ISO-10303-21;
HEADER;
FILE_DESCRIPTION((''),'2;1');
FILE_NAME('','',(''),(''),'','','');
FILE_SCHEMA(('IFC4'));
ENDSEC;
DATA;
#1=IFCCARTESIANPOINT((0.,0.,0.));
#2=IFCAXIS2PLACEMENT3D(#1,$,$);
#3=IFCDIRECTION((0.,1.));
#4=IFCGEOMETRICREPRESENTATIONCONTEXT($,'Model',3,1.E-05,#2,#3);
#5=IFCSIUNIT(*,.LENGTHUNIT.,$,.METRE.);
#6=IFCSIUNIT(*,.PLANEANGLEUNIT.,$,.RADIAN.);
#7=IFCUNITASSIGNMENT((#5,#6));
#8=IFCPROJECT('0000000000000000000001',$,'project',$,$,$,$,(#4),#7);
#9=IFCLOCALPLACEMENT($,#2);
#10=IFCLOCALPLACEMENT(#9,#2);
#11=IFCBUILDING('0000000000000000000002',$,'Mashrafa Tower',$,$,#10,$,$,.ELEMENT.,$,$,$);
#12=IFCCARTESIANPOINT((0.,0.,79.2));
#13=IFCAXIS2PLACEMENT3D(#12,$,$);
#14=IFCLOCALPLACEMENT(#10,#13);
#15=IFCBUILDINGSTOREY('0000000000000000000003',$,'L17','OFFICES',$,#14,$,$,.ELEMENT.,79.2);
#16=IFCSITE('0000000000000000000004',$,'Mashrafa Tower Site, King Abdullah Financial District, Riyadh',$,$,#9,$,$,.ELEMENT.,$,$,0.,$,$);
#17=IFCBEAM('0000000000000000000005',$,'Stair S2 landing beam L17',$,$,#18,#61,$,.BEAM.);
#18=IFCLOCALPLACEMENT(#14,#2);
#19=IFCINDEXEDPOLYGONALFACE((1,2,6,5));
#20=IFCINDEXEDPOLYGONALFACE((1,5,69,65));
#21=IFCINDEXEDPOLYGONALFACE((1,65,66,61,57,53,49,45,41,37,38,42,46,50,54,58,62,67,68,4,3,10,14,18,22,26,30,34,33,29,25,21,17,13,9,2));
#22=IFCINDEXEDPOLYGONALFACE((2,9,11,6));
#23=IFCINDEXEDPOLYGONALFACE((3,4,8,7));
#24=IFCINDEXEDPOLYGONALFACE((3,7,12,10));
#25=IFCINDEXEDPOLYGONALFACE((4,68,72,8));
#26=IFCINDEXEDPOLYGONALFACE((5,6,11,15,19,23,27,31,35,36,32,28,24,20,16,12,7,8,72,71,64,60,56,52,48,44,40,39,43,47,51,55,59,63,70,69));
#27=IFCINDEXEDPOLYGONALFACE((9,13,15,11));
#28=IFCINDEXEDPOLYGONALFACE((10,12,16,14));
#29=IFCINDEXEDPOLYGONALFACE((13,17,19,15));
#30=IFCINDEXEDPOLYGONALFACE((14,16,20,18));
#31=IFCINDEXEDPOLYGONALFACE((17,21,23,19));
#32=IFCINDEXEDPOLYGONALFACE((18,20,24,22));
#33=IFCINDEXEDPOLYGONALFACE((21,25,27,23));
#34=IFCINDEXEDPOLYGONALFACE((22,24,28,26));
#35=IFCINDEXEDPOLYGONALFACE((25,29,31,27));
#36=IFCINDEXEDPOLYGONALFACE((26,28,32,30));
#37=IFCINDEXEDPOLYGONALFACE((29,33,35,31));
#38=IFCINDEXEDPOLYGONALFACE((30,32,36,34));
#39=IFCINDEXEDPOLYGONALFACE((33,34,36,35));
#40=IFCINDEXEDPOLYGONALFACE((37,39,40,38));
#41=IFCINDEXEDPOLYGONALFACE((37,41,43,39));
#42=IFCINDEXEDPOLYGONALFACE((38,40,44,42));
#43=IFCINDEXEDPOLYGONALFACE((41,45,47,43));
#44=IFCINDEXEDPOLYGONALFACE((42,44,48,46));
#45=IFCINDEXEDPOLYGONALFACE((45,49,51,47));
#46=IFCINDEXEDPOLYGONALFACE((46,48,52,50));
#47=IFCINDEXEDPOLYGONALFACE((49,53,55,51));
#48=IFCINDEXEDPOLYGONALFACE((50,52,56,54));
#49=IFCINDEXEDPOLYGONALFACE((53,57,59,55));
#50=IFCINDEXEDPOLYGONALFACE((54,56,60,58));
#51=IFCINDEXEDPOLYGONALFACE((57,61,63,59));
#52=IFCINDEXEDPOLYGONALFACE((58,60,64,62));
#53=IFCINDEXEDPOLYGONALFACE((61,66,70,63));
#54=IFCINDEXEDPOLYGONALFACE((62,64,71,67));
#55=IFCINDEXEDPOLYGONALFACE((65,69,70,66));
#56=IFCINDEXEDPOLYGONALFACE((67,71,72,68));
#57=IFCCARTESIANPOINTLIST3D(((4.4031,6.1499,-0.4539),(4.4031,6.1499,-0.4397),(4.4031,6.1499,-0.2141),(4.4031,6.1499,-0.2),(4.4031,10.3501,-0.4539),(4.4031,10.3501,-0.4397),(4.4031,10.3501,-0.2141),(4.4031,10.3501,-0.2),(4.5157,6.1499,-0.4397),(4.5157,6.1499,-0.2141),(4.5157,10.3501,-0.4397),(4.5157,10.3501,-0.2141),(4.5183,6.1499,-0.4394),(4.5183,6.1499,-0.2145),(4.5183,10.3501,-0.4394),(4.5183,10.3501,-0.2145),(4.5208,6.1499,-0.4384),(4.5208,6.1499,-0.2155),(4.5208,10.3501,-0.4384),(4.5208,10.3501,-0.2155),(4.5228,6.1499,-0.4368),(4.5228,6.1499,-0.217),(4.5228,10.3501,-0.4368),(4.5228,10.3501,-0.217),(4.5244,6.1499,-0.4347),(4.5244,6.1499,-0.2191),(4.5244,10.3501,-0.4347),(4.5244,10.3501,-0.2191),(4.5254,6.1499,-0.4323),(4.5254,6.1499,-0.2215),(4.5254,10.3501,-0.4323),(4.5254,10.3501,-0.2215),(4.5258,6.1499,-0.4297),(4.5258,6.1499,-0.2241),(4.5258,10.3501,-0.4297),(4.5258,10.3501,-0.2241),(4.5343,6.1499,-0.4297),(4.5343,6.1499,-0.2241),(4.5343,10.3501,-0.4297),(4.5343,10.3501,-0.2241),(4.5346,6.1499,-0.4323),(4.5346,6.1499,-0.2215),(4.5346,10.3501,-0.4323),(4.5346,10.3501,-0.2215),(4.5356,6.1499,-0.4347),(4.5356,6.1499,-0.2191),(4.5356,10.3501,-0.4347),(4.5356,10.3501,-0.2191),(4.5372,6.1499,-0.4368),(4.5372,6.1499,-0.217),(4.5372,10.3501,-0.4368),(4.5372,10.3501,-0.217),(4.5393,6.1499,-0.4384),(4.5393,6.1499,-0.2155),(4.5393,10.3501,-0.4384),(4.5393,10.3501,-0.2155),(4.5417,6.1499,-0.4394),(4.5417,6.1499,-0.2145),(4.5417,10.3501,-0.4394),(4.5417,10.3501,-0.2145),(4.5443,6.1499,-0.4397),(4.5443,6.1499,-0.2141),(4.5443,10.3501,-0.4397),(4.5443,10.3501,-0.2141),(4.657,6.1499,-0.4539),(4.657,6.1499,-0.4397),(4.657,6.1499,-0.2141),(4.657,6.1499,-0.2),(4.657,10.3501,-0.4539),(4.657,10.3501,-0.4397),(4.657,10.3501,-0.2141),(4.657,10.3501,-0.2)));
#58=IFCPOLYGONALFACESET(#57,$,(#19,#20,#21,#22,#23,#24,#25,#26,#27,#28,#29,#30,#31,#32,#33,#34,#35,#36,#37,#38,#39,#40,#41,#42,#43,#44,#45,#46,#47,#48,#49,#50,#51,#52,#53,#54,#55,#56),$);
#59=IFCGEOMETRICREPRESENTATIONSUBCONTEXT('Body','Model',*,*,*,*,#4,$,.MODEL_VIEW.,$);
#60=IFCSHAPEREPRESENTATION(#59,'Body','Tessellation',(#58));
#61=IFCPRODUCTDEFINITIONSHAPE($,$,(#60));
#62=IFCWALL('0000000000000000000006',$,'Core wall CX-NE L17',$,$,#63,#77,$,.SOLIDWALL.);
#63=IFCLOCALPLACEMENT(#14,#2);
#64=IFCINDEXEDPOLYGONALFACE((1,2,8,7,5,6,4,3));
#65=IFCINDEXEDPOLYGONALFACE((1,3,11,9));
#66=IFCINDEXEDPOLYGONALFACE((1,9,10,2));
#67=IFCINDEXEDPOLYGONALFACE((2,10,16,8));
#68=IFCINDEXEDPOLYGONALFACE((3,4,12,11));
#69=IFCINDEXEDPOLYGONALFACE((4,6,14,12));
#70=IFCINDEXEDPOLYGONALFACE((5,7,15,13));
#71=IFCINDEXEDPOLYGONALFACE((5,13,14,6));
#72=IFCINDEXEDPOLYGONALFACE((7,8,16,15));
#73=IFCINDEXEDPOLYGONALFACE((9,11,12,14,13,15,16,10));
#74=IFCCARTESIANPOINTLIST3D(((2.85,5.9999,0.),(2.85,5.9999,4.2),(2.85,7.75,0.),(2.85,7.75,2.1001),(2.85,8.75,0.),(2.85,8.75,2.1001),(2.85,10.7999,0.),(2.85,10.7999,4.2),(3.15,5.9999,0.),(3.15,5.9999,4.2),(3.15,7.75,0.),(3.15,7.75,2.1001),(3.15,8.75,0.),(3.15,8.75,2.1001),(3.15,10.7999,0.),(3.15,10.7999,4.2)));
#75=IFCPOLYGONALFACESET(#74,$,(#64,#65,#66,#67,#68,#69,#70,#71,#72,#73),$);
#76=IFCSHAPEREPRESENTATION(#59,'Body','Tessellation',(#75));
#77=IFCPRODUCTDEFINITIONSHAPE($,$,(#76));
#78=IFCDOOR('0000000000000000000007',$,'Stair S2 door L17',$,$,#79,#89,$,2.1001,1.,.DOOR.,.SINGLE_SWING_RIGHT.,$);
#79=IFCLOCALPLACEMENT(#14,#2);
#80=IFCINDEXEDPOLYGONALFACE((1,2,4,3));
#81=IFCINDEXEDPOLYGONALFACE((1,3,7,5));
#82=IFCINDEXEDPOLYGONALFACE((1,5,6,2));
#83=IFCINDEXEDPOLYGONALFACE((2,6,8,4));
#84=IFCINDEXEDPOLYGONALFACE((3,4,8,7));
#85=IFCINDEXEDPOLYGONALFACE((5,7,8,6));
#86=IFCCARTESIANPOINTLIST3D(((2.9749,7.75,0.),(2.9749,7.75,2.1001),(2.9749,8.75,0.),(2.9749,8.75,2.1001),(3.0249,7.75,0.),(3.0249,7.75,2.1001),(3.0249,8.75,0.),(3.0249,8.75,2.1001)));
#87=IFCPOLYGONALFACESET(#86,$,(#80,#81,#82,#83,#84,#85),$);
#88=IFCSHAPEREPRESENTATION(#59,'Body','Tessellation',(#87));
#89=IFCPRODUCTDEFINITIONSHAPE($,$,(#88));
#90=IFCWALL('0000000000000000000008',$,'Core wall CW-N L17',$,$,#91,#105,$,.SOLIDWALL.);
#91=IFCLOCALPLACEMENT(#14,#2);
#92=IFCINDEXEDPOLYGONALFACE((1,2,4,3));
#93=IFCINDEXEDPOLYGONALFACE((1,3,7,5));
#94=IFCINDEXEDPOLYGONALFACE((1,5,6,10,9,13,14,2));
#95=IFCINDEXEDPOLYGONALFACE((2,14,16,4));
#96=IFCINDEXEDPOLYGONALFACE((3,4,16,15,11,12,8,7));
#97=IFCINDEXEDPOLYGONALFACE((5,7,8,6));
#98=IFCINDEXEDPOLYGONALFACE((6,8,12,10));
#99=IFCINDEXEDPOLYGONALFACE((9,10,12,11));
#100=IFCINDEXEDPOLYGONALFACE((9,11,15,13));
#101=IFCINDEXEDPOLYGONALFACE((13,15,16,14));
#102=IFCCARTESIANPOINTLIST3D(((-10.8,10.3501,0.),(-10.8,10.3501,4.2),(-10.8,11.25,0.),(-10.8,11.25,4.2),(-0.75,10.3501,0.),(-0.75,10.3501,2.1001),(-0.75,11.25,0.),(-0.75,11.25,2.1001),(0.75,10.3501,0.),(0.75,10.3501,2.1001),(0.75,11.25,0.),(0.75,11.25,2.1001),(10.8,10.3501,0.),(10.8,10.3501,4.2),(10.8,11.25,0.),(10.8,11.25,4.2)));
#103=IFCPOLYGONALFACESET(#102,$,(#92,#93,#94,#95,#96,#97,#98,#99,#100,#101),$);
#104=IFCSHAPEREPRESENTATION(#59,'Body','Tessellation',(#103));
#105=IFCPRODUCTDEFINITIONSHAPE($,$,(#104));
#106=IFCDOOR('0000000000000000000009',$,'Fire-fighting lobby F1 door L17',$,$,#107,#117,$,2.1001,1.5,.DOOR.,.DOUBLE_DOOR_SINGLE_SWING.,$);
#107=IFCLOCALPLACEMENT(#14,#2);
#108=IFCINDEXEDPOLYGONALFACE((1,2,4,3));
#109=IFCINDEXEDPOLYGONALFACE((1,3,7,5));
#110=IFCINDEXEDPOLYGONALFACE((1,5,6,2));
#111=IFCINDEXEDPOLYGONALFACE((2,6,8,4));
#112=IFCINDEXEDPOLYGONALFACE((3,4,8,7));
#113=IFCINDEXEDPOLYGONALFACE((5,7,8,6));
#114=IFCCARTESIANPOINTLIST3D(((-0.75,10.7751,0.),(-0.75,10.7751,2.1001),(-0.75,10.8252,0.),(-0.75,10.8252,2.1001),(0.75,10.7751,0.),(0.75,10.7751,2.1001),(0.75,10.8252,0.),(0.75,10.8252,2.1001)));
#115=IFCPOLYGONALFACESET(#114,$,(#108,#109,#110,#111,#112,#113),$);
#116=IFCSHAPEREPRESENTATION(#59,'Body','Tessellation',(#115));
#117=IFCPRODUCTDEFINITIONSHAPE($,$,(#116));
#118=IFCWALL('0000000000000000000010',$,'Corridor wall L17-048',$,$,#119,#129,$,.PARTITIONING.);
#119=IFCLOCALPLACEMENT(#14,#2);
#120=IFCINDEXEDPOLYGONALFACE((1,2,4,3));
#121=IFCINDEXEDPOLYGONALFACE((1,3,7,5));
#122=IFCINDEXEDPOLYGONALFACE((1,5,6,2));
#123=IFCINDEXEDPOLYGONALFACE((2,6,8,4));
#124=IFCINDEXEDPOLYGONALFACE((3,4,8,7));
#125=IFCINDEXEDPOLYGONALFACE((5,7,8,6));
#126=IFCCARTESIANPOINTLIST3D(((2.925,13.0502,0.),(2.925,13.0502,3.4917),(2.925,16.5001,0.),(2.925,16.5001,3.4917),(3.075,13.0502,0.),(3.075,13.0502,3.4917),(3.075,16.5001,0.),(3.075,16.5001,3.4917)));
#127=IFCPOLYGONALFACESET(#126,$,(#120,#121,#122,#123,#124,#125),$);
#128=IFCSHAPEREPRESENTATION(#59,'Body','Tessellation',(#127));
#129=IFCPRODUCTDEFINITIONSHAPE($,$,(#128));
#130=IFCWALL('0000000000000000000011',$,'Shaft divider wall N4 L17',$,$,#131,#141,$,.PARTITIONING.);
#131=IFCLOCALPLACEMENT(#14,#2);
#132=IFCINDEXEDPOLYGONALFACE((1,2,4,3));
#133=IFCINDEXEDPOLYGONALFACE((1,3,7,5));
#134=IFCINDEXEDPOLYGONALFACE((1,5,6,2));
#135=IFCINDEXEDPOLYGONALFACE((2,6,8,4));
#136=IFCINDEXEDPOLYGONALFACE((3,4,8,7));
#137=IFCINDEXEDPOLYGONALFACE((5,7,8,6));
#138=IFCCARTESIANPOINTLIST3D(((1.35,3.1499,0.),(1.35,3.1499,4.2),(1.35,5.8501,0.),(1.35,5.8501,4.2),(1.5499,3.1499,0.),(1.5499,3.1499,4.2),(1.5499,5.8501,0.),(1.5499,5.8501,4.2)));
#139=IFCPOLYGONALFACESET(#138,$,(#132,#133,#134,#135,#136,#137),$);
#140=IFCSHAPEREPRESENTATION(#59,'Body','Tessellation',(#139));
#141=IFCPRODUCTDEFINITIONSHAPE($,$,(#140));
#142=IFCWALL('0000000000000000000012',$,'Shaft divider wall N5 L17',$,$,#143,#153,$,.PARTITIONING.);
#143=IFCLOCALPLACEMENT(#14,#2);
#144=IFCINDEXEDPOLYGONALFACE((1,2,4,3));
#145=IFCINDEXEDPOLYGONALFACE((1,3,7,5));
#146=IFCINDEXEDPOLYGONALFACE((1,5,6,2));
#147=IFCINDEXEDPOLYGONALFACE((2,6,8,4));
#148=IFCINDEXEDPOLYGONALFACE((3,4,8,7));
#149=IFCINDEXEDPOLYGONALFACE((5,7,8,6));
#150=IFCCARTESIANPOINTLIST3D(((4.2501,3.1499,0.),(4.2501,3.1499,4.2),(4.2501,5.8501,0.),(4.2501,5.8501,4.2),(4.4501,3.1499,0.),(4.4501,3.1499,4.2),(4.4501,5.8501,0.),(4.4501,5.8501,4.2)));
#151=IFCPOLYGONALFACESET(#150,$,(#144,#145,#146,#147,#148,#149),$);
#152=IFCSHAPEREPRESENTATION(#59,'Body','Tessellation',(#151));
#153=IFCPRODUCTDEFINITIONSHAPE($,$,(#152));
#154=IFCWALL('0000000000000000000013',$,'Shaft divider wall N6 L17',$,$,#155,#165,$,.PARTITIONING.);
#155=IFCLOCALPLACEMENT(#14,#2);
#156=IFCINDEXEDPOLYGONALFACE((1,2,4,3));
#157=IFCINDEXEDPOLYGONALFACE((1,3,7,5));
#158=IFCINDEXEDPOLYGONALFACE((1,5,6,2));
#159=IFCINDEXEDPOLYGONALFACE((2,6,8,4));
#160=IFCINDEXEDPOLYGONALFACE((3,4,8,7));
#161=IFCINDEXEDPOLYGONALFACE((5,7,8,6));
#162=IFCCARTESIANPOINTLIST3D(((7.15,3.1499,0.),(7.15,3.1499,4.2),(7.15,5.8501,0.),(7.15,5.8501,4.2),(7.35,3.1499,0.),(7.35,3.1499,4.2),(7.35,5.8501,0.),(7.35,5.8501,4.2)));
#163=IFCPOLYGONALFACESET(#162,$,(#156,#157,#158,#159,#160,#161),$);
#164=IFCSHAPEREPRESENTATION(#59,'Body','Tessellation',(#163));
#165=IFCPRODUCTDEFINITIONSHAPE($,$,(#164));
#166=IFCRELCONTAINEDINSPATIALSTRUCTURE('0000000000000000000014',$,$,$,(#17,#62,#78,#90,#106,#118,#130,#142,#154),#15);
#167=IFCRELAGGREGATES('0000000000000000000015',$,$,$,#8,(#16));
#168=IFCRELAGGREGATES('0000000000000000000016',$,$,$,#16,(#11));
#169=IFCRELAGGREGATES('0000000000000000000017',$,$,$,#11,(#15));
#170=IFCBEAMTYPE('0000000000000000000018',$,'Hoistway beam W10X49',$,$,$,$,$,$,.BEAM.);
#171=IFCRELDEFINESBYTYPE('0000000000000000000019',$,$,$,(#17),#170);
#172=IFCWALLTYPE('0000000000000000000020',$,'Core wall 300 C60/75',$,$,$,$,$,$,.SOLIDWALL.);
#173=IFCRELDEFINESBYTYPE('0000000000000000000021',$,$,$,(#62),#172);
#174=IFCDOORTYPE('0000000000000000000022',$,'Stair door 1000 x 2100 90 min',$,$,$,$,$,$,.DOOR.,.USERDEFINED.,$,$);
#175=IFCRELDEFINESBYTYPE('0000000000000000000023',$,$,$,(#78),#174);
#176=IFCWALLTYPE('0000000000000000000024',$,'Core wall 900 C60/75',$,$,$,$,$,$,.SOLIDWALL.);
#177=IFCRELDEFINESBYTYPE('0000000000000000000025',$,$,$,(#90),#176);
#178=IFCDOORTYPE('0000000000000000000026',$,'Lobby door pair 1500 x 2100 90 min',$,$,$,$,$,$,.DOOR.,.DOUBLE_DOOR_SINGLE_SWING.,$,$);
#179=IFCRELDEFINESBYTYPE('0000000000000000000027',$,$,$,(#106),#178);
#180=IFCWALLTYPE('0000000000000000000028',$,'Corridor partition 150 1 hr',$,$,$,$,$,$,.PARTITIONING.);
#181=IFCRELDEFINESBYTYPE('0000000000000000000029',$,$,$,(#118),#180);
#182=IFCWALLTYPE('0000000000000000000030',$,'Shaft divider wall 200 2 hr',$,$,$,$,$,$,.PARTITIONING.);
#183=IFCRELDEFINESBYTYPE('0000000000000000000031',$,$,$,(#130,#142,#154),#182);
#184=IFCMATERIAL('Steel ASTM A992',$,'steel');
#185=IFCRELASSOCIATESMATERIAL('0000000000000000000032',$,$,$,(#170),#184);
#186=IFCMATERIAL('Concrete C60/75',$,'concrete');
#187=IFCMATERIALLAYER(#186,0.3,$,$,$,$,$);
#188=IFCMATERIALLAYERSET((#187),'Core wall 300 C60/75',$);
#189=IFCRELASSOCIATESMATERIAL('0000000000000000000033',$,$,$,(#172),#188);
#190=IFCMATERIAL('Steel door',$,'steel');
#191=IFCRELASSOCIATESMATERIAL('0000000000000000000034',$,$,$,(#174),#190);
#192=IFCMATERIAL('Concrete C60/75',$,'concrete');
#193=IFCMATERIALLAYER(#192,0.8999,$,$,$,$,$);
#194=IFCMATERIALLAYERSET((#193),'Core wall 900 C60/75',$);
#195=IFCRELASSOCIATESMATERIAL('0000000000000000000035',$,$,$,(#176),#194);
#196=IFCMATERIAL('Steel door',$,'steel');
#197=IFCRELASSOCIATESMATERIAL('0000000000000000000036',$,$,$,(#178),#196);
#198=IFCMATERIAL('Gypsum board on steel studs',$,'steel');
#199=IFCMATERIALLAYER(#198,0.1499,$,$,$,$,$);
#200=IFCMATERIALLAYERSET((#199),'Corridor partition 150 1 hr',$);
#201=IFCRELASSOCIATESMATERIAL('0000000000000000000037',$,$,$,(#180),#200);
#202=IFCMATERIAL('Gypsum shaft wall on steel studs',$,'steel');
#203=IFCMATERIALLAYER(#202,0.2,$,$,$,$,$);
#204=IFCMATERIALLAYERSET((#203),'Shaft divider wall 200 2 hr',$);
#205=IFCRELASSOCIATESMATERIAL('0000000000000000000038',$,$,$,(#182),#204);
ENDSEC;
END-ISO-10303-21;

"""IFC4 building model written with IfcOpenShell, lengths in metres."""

from ifc_helpers import new_model, si_unit, direction, frame, frame_2d, origin, origin_2d, place, context, subcontext, project, spatial, rectangle, i_section, extrude, material, layer, layer_set, material_profile, profile_set, type_object, element, fill, save


model = new_model("IFC4")

# Units and contexts
model_context = context("Model", 3, precision=1e-05, world=origin(), true_north=direction((0.0, 1.0)))
body_context = subcontext(model_context, "Body", "Model", "MODEL_VIEW")
ifc_project = project(units=[si_unit("LENGTHUNIT", "METRE"), si_unit("PLANEANGLEUNIT", "RADIAN")], contexts=[model_context])

# Site, building, storey
site_placement = place(None, origin())
site = spatial("IfcSite", under=ifc_project, at=site_placement, Name="Mashrafa Tower Site, King Abdullah Financial District, Riyadh", CompositionType="ELEMENT", RefElevation=0.0)
building_placement = place(site_placement, origin())
building = spatial("IfcBuilding", under=site, at=building_placement, Name="Mashrafa Tower", CompositionType="ELEMENT")
storey_placement = place(building_placement, frame((0.0, 0.0, 79.2)))
storey = spatial("IfcBuildingStorey", under=building, at=storey_placement, Name="L17", Description="OFFICES", CompositionType="ELEMENT", Elevation=79.2)

# Beam
ifc_material_1 = material(Name="Steel ASTM A992", Category="steel")
ifc_material_profile_1 = material_profile(ifc_material_1, i_section(OverallWidth=0.2539, OverallDepth=0.2539, WebThickness=0.0085, FlangeThickness=0.0142, FilletRadius=0.01, at=origin_2d()), Name="W10X49")
ifc_profile_set_1 = profile_set([ifc_material_profile_1], Name="Steel ASTM A992")
beam_type_1 = type_object("IfcBeamType", Name="Hoistway beam W10X49", PredefinedType="BEAM", material=ifc_profile_set_1)
beam_1_placement = place(storey_placement, frame((4.53, 6.1499, -0.3269), z_axis=(0.0, 1.0, 0.0), x_axis=(-1.0, 0.0, 0.0)))
element("IfcBeam", 1, at=beam_1_placement, inside=storey, type_object=beam_type_1, Name="Stair S2 landing beam L17", PredefinedType="BEAM", context=body_context, shape_type="SweptSolid", body=[
    extrude(i_section(OverallWidth=0.2539, OverallDepth=0.2539, WebThickness=0.0085, FlangeThickness=0.0142, FilletRadius=0.01, at=origin_2d()), origin(), (0.0, 0.0, 1.0), 4.2002),
])

# Walls, openings, doors
ifc_material_2 = material(Name="Concrete C60/75", Category="concrete")
ifc_layer_1 = layer(ifc_material_2, 0.3)
ifc_layer_set_1 = layer_set([ifc_layer_1], Name="Core wall 300 C60/75")
wall_type_1 = type_object("IfcWallType", Name="Core wall 300 C60/75", PredefinedType="SOLIDWALL", material=ifc_layer_set_1)
wall_1_placement = place(storey_placement, frame((3.0, 6.0, 0.0), z_axis=(0.0, 0.0, 1.0), x_axis=(0.0, 1.0, 0.0)))
wall_1 = element("IfcWall", 2, at=wall_1_placement, inside=storey, type_object=wall_type_1, Name="Core wall CX-NE L17", PredefinedType="SOLIDWALL", context=body_context, shape_type="SweptSolid", body=[
    extrude(rectangle(XDim=4.8, YDim=0.3, at=frame_2d((2.3999, 0.0))), origin(), (0.0, 0.0, 1.0), 4.2),
])
opening_1_placement = place(wall_1_placement, frame((1.75, 0.0, 0.0)))
opening_1 = element("IfcOpeningElement", 3, at=opening_1_placement, cuts=wall_1, PredefinedType="OPENING", context=body_context, shape_type="SweptSolid", body=[
    extrude(rectangle(XDim=1.0, YDim=2.1001, at=frame_2d((0.5, 1.05))), frame((0.0, 0.1599, 0.0), z_axis=(0.0, -1.0, 0.0), x_axis=(1.0, 0.0, 0.0)), (0.0, 0.0, 1.0), 0.3201),
])
ifc_material_3 = material(Name="Steel door", Category="steel")
door_type_1 = type_object("IfcDoorType", Name="Stair door 1000 x 2100 90 min", OperationType="USERDEFINED", PredefinedType="DOOR", material=ifc_material_3)
door_1_placement = place(opening_1_placement, frame((1.0, 0.0, 0.0), z_axis=(0.0, 0.0, 1.0), x_axis=(-1.0, 0.0, 0.0)))
door_1 = element("IfcDoor", 4, at=door_1_placement, inside=storey, type_object=door_type_1, Name="Stair S2 door L17", OperationType="SINGLE_SWING_RIGHT", OverallHeight=2.1001, OverallWidth=1.0, PredefinedType="DOOR", context=body_context, shape_type="SweptSolid", body=[
    extrude(rectangle(XDim=1.0, YDim=2.1001, at=frame_2d((0.5, 1.05))), frame((0.0, 0.0249, 0.0), z_axis=(0.0, -1.0, 0.0), x_axis=(1.0, 0.0, 0.0)), (0.0, 0.0, 1.0), 0.05),
])
fill(opening_1, door_1)
ifc_material_4 = material(Name="Concrete C60/75", Category="concrete")
ifc_layer_2 = layer(ifc_material_4, 0.8999)
ifc_layer_set_2 = layer_set([ifc_layer_2], Name="Core wall 900 C60/75")
wall_type_2 = type_object("IfcWallType", Name="Core wall 900 C60/75", PredefinedType="SOLIDWALL", material=ifc_layer_set_2)
wall_2_placement = place(storey_placement, frame((10.8, 10.8, 0.0), z_axis=(0.0, 0.0, 1.0), x_axis=(-1.0, 0.0, 0.0)))
wall_2 = element("IfcWall", 5, at=wall_2_placement, inside=storey, type_object=wall_type_2, Name="Core wall CW-N L17", PredefinedType="SOLIDWALL", context=body_context, shape_type="SweptSolid", body=[
    extrude(rectangle(XDim=21.6001, YDim=0.8999, at=frame_2d((10.8, 0.0))), origin(), (0.0, 0.0, 1.0), 4.2),
])
opening_2_placement = place(wall_2_placement, frame((10.05, 0.0, 0.0)))
opening_2 = element("IfcOpeningElement", 6, at=opening_2_placement, cuts=wall_2, PredefinedType="OPENING", context=body_context, shape_type="SweptSolid", body=[
    extrude(rectangle(XDim=1.5, YDim=2.1001, at=frame_2d((0.75, 1.05))), frame((0.0, 0.46, 0.0), z_axis=(0.0, -1.0, 0.0), x_axis=(1.0, 0.0, 0.0)), (0.0, 0.0, 1.0), 0.9199),
])
ifc_material_5 = material(Name="Steel door", Category="steel")
door_type_2 = type_object("IfcDoorType", Name="Lobby door pair 1500 x 2100 90 min", OperationType="DOUBLE_DOOR_SINGLE_SWING", PredefinedType="DOOR", material=ifc_material_5)
door_2_placement = place(opening_2_placement, origin())
door_2 = element("IfcDoor", 7, at=door_2_placement, inside=storey, type_object=door_type_2, Name="Fire-fighting lobby F1 door L17", OperationType="DOUBLE_DOOR_SINGLE_SWING", OverallHeight=2.1001, OverallWidth=1.5, PredefinedType="DOOR", context=body_context, shape_type="SweptSolid", body=[
    extrude(rectangle(XDim=1.5, YDim=2.1001, at=frame_2d((0.75, 1.05))), frame((0.0, 0.0249, 0.0), z_axis=(0.0, -1.0, 0.0), x_axis=(1.0, 0.0, 0.0)), (0.0, 0.0, 1.0), 0.05),
])
fill(opening_2, door_2)
ifc_material_6 = material(Name="Gypsum board on steel studs", Category="steel")
ifc_layer_3 = layer(ifc_material_6, 0.1499)
ifc_layer_set_3 = layer_set([ifc_layer_3], Name="Corridor partition 150 1 hr")
wall_type_3 = type_object("IfcWallType", Name="Corridor partition 150 1 hr", PredefinedType="PARTITIONING", material=ifc_layer_set_3)

# Walls
wall_3_placement = place(storey_placement, frame((3.0, 13.05, 0.0), z_axis=(0.0, 0.0, 1.0), x_axis=(0.0, 1.0, 0.0)))
element("IfcWall", 8, at=wall_3_placement, inside=storey, type_object=wall_type_3, Name="Corridor wall L17-048", PredefinedType="PARTITIONING", context=body_context, shape_type="SweptSolid", body=[
    extrude(rectangle(XDim=3.45, YDim=0.1499, at=frame_2d((1.7251, 0.0))), origin(), (0.0, 0.0, 1.0), 3.4917),
])
ifc_material_7 = material(Name="Gypsum shaft wall on steel studs", Category="steel")
ifc_layer_4 = layer(ifc_material_7, 0.2)
ifc_layer_set_4 = layer_set([ifc_layer_4], Name="Shaft divider wall 200 2 hr")
wall_type_4 = type_object("IfcWallType", Name="Shaft divider wall 200 2 hr", PredefinedType="PARTITIONING", material=ifc_layer_set_4)
for number, where, z_axis, x_axis, name in (
    (9, (1.45, 3.1499, 0.0), (0.0, 0.0, 1.0), (0.0, 1.0, 0.0), "Shaft divider wall N4 L17"),
    (10, (4.3501, 3.1499, 0.0), (0.0, 0.0, 1.0), (0.0, 1.0, 0.0), "Shaft divider wall N5 L17"),
    (11, (7.25, 3.1499, 0.0), (0.0, 0.0, 1.0), (0.0, 1.0, 0.0), "Shaft divider wall N6 L17"),
):
    element("IfcWall", number, at=place(storey_placement, frame(where, z_axis=z_axis, x_axis=x_axis)), inside=storey, type_object=wall_type_4, Name=name, PredefinedType="PARTITIONING", context=body_context, shape_type="SweptSolid", body=[
        extrude(rectangle(XDim=2.7002, YDim=0.2, at=frame_2d((1.3501, 0.0))), origin(), (0.0, 0.0, 1.0), 4.2),
    ])

save(model, "model.ifc")
